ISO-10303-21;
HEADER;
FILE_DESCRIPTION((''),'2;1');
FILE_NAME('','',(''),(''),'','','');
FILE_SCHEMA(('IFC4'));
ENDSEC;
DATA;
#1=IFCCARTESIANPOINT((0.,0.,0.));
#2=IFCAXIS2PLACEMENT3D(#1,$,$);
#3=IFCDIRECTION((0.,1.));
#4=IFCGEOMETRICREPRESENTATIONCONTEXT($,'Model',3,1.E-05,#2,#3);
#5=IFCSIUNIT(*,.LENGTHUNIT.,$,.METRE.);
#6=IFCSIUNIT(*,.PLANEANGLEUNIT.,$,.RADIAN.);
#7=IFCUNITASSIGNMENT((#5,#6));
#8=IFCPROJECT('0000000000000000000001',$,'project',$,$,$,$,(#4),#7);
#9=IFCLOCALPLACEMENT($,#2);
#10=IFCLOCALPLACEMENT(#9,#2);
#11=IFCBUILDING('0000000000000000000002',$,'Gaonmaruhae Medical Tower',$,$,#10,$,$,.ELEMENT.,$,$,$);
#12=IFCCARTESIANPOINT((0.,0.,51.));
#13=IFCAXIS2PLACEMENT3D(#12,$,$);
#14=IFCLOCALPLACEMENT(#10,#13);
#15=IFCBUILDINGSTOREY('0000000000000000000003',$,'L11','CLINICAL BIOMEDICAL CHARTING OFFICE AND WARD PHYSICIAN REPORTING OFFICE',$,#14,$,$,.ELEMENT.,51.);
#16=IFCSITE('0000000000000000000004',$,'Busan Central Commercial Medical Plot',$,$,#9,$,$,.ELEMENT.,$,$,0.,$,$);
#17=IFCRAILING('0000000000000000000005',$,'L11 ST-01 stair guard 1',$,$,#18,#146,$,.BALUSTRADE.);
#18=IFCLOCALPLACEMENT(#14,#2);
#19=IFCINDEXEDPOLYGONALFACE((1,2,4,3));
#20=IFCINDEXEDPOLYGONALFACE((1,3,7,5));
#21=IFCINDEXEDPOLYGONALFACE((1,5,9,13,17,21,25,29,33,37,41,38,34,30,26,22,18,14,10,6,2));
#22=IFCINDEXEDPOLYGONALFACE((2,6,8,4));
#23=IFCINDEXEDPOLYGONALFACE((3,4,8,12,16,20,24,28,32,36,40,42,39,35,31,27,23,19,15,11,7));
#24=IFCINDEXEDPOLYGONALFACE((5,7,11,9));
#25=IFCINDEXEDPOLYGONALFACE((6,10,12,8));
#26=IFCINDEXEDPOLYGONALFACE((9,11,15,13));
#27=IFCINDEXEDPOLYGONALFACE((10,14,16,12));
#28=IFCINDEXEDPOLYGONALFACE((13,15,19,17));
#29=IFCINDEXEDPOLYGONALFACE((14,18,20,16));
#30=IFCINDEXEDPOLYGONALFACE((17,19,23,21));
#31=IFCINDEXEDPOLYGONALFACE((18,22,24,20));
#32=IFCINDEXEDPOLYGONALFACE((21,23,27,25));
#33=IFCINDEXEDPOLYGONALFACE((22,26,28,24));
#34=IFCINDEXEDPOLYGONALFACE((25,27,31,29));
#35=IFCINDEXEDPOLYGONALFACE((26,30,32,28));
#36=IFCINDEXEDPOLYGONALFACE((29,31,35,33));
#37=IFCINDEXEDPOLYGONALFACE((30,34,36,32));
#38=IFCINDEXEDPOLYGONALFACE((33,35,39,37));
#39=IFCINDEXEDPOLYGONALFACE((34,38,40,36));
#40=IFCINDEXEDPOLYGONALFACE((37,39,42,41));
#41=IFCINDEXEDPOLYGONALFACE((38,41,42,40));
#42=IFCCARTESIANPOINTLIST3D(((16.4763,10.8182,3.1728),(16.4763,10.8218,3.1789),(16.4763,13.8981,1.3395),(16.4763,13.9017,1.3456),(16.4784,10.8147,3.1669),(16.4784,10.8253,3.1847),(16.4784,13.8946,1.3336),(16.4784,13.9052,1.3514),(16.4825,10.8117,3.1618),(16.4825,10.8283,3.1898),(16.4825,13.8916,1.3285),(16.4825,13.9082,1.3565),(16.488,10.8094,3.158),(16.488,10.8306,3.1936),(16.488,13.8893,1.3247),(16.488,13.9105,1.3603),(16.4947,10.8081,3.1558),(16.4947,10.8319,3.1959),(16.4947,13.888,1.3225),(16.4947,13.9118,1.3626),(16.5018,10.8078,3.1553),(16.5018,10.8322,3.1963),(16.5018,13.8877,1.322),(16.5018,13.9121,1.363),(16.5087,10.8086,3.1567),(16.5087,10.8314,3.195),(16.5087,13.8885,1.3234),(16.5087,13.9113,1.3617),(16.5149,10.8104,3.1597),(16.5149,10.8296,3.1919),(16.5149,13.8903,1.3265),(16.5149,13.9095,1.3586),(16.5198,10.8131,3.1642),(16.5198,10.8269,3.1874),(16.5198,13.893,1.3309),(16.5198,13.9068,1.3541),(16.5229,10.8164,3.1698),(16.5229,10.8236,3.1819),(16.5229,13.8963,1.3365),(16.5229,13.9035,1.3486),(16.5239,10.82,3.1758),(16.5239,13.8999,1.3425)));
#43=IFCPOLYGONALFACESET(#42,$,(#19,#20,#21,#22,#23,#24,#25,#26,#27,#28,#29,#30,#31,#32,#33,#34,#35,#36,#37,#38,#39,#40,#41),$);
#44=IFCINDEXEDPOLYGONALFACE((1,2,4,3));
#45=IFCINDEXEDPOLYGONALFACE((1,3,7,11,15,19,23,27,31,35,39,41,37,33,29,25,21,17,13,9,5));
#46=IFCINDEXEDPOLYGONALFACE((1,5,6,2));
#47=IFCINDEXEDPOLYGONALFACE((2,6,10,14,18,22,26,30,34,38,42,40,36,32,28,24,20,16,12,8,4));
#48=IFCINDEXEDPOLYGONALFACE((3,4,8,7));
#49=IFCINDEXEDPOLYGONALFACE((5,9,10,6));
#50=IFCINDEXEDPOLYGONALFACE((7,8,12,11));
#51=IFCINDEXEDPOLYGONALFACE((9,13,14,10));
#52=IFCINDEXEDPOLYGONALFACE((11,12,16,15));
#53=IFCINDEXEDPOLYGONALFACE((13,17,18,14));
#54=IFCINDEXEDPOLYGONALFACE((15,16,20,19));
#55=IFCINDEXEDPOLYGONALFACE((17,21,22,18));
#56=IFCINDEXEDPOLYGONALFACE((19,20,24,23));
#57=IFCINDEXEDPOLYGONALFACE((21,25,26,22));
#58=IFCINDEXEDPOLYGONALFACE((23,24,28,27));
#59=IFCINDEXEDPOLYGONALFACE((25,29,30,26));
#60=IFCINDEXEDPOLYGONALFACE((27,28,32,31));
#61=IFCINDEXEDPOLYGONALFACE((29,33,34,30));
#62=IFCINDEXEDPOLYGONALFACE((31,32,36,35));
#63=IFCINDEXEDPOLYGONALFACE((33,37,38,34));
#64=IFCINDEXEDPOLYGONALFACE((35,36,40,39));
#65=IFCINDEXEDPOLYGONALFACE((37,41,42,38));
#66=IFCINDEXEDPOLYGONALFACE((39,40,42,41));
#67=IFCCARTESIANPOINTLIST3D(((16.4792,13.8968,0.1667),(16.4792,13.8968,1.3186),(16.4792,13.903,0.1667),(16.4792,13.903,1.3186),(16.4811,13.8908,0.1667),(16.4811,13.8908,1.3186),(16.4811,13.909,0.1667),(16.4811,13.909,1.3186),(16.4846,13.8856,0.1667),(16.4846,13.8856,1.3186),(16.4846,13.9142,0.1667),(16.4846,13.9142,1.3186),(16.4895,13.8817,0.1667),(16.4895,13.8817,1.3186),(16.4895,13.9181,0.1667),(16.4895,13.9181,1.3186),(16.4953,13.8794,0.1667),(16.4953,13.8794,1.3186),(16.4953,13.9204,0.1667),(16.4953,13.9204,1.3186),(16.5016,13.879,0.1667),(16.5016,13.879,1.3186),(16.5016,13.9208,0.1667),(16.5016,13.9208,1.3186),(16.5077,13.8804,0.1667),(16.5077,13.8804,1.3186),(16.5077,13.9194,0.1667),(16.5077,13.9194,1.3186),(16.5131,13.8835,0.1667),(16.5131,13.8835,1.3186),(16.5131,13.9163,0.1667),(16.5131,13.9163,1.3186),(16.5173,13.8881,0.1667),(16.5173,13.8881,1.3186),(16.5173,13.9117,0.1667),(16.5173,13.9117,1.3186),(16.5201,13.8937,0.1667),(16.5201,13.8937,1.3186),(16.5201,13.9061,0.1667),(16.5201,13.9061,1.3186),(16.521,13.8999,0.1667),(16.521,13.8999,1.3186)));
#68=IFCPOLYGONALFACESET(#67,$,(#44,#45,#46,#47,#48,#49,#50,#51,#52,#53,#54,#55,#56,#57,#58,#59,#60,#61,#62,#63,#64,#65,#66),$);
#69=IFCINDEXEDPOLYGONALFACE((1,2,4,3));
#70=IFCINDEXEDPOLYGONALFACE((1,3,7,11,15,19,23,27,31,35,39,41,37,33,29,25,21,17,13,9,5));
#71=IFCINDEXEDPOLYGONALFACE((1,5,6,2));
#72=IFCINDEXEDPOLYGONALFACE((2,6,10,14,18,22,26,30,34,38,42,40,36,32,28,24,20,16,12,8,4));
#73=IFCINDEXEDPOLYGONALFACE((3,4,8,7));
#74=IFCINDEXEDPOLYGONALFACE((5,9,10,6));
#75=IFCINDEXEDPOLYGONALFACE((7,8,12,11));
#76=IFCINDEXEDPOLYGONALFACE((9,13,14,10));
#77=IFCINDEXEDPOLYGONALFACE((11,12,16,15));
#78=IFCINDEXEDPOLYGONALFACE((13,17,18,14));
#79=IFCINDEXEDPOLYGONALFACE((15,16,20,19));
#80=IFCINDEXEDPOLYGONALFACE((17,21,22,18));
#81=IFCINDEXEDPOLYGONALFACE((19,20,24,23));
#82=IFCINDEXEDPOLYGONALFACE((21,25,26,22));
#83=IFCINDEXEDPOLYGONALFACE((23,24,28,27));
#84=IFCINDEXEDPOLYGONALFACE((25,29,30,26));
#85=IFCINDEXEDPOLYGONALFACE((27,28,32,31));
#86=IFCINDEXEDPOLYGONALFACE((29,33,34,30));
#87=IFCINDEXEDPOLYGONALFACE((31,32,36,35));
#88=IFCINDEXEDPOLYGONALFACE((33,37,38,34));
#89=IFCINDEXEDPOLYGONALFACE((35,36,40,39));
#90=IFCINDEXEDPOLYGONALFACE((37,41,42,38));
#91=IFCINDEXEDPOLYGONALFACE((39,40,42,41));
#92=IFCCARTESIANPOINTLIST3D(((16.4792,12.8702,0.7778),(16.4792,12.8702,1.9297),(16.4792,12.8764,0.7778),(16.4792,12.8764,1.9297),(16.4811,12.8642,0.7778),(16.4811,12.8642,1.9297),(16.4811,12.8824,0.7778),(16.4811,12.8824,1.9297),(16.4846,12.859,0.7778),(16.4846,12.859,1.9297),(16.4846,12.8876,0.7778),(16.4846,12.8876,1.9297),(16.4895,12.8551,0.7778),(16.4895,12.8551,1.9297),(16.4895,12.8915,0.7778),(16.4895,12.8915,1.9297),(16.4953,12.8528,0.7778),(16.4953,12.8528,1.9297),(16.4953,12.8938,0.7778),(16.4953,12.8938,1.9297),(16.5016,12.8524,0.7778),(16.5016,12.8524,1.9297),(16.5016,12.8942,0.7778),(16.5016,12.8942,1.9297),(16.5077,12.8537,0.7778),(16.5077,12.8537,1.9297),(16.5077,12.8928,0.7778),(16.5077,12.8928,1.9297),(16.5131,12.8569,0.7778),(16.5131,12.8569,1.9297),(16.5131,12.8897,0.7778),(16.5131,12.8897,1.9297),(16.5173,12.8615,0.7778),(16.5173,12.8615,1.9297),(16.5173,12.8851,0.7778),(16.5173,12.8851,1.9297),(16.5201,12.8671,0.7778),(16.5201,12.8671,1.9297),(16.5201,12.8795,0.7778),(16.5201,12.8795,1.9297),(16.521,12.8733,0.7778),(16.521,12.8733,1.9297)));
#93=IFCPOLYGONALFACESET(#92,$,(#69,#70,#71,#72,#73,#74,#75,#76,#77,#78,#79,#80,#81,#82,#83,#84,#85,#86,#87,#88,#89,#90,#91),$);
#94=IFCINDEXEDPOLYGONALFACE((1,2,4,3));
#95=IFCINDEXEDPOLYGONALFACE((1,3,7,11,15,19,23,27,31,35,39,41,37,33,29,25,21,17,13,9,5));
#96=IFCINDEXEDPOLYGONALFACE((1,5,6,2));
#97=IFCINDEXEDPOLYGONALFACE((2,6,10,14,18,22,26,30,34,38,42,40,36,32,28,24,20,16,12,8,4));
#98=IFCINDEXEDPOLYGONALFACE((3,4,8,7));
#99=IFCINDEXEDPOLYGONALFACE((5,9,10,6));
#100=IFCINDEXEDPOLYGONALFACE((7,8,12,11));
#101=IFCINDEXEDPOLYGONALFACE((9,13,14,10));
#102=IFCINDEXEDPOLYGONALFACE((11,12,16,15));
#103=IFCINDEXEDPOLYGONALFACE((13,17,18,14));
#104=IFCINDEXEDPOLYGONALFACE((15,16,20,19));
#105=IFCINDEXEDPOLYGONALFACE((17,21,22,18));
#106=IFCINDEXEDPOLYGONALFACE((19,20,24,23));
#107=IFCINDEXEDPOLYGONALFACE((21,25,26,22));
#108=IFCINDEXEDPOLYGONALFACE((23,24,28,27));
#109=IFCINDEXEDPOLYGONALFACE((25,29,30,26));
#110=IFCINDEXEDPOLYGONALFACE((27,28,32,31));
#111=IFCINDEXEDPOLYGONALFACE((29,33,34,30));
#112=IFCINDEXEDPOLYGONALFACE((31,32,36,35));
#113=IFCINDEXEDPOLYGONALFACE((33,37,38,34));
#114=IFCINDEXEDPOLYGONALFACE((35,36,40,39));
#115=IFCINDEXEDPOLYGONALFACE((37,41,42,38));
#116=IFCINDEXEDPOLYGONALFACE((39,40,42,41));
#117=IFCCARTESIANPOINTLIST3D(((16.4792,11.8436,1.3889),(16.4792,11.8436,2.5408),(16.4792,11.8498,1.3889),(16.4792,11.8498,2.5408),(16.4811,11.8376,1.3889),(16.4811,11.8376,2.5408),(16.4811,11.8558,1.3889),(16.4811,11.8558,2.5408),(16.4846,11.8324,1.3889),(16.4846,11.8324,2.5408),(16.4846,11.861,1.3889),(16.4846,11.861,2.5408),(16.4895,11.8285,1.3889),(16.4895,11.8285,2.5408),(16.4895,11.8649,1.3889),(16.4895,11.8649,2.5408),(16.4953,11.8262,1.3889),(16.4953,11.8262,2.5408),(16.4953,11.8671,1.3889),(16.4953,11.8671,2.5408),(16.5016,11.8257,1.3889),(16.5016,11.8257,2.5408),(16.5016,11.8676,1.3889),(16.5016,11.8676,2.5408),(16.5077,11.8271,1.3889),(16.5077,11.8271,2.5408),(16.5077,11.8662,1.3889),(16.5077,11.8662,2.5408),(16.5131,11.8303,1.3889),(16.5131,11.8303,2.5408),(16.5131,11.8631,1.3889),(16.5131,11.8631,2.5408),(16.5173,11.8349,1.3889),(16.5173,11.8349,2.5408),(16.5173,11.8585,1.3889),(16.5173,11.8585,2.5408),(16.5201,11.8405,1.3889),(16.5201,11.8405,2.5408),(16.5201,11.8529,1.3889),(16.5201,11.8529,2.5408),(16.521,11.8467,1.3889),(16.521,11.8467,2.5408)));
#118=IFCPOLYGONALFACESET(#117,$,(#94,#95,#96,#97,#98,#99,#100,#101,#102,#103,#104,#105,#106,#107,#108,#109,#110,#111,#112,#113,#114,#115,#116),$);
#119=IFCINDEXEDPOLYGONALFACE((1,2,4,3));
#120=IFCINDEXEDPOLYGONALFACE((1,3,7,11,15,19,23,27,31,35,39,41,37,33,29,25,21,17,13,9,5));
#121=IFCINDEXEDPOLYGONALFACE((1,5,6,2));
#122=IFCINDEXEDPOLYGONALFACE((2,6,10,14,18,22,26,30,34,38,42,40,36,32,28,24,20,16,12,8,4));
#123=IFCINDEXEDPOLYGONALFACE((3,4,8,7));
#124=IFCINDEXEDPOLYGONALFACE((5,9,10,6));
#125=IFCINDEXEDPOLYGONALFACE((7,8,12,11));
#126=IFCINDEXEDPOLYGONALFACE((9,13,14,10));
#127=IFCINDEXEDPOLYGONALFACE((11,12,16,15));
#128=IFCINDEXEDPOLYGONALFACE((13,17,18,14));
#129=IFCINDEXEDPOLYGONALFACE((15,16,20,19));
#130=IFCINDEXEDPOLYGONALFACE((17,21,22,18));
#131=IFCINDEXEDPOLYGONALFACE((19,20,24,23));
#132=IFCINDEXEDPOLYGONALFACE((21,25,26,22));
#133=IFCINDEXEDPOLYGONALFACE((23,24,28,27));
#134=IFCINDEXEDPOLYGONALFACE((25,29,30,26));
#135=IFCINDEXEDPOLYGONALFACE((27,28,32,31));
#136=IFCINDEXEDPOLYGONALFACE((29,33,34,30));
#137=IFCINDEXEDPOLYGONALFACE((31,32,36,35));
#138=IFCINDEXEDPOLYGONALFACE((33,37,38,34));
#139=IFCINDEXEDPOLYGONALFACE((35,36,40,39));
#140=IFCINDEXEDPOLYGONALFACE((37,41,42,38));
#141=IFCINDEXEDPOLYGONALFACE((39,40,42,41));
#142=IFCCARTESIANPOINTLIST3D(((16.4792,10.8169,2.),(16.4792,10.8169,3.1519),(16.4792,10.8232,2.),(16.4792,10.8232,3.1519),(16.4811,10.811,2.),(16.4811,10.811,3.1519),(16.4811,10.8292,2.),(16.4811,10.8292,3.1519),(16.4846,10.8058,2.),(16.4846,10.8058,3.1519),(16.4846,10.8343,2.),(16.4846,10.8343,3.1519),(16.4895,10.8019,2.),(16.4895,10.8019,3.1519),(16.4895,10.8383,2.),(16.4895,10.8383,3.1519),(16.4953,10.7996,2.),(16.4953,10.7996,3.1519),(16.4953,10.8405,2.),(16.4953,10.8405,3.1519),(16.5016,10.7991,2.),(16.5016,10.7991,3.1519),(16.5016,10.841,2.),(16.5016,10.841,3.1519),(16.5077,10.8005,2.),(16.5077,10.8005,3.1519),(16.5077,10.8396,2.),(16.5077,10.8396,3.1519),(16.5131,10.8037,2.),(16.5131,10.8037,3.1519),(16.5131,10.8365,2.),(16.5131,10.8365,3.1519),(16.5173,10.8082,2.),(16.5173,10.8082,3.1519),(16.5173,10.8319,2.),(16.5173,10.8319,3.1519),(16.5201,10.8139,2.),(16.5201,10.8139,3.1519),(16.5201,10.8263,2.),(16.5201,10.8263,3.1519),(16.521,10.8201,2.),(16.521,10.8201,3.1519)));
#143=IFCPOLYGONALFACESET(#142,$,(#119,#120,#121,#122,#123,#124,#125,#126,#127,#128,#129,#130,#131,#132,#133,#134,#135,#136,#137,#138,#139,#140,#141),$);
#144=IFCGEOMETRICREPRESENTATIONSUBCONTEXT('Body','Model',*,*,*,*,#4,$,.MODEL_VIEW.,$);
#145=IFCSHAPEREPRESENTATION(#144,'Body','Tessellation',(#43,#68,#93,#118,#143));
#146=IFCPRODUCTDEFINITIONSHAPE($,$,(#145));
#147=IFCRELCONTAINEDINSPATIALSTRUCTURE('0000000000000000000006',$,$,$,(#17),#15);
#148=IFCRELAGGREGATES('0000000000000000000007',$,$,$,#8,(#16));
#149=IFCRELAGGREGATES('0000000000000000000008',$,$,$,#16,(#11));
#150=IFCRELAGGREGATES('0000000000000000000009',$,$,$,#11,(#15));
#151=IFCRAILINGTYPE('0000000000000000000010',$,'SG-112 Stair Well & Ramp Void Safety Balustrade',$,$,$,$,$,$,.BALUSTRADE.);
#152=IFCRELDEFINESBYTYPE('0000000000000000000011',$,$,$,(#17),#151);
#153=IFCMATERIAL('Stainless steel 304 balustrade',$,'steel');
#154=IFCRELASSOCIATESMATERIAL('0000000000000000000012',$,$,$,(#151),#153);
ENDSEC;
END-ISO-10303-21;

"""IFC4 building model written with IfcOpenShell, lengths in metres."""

from ifc_helpers import new_model, si_unit, direction, frame, origin, origin_2d, place, context, subcontext, project, spatial, circle, extrude, material, type_object, element, save


model = new_model("IFC4")

# Units and contexts
model_context = context("Model", 3, precision=1e-05, world=origin(), true_north=direction((0.0, 1.0)))
body_context = subcontext(model_context, "Body", "Model", "MODEL_VIEW")
ifc_project = project(units=[si_unit("LENGTHUNIT", "METRE"), si_unit("PLANEANGLEUNIT", "RADIAN")], contexts=[model_context])

# Site, building, storey
site_placement = place(None, origin())
site = spatial("IfcSite", under=ifc_project, at=site_placement, Name="Busan Central Commercial Medical Plot", CompositionType="ELEMENT", RefElevation=0.0)
building_placement = place(site_placement, origin())
building = spatial("IfcBuilding", under=site, at=building_placement, Name="Gaonmaruhae Medical Tower", CompositionType="ELEMENT")
storey_placement = place(building_placement, frame((0.0, 0.0, 51.0)))
storey = spatial("IfcBuildingStorey", under=building, at=storey_placement, Name="L11", Description="CLINICAL BIOMEDICAL CHARTING OFFICE AND WARD PHYSICIAN REPORTING OFFICE", CompositionType="ELEMENT", Elevation=51.0)

# Railing
ifc_material_1 = material(Name="Stainless steel 304 balustrade", Category="steel")
railing_type_1 = type_object("IfcRailingType", Name="SG-112 Stair Well & Ramp Void Safety Balustrade", PredefinedType="BALUSTRADE", material=ifc_material_1)
railing_1_placement = place(storey_placement, frame((16.5, 13.8999, 0.1667)))
element("IfcRailing", 1, at=railing_1_placement, inside=storey, type_object=railing_type_1, Name="L11 ST-01 stair guard 1", PredefinedType="BALUSTRADE", context=body_context, shape_type="SweptSolid", body=[
    extrude(circle(Radius=0.0239, at=origin_2d()), frame((0.0, 0.0, 1.1758), z_axis=(0.0, -0.859291, 0.511487), x_axis=(1.0, 0.0, 0.0)), (0.0, 0.0, 1.0), 3.5842),
    extrude(circle(Radius=0.021, at=origin_2d()), origin(), (0.0, 0.0, 1.0), 1.1519),
    extrude(circle(Radius=0.021, at=origin_2d()), frame((0.0, -1.0266, 0.6111)), (0.0, 0.0, 1.0), 1.1519),
    extrude(circle(Radius=0.021, at=origin_2d()), frame((0.0, -2.0532, 1.2222)), (0.0, 0.0, 1.0), 1.1519),
    extrude(circle(Radius=0.021, at=origin_2d()), frame((0.0, -3.0798, 1.8333)), (0.0, 0.0, 1.0), 1.1519),
])

save(model, "model.ifc")
